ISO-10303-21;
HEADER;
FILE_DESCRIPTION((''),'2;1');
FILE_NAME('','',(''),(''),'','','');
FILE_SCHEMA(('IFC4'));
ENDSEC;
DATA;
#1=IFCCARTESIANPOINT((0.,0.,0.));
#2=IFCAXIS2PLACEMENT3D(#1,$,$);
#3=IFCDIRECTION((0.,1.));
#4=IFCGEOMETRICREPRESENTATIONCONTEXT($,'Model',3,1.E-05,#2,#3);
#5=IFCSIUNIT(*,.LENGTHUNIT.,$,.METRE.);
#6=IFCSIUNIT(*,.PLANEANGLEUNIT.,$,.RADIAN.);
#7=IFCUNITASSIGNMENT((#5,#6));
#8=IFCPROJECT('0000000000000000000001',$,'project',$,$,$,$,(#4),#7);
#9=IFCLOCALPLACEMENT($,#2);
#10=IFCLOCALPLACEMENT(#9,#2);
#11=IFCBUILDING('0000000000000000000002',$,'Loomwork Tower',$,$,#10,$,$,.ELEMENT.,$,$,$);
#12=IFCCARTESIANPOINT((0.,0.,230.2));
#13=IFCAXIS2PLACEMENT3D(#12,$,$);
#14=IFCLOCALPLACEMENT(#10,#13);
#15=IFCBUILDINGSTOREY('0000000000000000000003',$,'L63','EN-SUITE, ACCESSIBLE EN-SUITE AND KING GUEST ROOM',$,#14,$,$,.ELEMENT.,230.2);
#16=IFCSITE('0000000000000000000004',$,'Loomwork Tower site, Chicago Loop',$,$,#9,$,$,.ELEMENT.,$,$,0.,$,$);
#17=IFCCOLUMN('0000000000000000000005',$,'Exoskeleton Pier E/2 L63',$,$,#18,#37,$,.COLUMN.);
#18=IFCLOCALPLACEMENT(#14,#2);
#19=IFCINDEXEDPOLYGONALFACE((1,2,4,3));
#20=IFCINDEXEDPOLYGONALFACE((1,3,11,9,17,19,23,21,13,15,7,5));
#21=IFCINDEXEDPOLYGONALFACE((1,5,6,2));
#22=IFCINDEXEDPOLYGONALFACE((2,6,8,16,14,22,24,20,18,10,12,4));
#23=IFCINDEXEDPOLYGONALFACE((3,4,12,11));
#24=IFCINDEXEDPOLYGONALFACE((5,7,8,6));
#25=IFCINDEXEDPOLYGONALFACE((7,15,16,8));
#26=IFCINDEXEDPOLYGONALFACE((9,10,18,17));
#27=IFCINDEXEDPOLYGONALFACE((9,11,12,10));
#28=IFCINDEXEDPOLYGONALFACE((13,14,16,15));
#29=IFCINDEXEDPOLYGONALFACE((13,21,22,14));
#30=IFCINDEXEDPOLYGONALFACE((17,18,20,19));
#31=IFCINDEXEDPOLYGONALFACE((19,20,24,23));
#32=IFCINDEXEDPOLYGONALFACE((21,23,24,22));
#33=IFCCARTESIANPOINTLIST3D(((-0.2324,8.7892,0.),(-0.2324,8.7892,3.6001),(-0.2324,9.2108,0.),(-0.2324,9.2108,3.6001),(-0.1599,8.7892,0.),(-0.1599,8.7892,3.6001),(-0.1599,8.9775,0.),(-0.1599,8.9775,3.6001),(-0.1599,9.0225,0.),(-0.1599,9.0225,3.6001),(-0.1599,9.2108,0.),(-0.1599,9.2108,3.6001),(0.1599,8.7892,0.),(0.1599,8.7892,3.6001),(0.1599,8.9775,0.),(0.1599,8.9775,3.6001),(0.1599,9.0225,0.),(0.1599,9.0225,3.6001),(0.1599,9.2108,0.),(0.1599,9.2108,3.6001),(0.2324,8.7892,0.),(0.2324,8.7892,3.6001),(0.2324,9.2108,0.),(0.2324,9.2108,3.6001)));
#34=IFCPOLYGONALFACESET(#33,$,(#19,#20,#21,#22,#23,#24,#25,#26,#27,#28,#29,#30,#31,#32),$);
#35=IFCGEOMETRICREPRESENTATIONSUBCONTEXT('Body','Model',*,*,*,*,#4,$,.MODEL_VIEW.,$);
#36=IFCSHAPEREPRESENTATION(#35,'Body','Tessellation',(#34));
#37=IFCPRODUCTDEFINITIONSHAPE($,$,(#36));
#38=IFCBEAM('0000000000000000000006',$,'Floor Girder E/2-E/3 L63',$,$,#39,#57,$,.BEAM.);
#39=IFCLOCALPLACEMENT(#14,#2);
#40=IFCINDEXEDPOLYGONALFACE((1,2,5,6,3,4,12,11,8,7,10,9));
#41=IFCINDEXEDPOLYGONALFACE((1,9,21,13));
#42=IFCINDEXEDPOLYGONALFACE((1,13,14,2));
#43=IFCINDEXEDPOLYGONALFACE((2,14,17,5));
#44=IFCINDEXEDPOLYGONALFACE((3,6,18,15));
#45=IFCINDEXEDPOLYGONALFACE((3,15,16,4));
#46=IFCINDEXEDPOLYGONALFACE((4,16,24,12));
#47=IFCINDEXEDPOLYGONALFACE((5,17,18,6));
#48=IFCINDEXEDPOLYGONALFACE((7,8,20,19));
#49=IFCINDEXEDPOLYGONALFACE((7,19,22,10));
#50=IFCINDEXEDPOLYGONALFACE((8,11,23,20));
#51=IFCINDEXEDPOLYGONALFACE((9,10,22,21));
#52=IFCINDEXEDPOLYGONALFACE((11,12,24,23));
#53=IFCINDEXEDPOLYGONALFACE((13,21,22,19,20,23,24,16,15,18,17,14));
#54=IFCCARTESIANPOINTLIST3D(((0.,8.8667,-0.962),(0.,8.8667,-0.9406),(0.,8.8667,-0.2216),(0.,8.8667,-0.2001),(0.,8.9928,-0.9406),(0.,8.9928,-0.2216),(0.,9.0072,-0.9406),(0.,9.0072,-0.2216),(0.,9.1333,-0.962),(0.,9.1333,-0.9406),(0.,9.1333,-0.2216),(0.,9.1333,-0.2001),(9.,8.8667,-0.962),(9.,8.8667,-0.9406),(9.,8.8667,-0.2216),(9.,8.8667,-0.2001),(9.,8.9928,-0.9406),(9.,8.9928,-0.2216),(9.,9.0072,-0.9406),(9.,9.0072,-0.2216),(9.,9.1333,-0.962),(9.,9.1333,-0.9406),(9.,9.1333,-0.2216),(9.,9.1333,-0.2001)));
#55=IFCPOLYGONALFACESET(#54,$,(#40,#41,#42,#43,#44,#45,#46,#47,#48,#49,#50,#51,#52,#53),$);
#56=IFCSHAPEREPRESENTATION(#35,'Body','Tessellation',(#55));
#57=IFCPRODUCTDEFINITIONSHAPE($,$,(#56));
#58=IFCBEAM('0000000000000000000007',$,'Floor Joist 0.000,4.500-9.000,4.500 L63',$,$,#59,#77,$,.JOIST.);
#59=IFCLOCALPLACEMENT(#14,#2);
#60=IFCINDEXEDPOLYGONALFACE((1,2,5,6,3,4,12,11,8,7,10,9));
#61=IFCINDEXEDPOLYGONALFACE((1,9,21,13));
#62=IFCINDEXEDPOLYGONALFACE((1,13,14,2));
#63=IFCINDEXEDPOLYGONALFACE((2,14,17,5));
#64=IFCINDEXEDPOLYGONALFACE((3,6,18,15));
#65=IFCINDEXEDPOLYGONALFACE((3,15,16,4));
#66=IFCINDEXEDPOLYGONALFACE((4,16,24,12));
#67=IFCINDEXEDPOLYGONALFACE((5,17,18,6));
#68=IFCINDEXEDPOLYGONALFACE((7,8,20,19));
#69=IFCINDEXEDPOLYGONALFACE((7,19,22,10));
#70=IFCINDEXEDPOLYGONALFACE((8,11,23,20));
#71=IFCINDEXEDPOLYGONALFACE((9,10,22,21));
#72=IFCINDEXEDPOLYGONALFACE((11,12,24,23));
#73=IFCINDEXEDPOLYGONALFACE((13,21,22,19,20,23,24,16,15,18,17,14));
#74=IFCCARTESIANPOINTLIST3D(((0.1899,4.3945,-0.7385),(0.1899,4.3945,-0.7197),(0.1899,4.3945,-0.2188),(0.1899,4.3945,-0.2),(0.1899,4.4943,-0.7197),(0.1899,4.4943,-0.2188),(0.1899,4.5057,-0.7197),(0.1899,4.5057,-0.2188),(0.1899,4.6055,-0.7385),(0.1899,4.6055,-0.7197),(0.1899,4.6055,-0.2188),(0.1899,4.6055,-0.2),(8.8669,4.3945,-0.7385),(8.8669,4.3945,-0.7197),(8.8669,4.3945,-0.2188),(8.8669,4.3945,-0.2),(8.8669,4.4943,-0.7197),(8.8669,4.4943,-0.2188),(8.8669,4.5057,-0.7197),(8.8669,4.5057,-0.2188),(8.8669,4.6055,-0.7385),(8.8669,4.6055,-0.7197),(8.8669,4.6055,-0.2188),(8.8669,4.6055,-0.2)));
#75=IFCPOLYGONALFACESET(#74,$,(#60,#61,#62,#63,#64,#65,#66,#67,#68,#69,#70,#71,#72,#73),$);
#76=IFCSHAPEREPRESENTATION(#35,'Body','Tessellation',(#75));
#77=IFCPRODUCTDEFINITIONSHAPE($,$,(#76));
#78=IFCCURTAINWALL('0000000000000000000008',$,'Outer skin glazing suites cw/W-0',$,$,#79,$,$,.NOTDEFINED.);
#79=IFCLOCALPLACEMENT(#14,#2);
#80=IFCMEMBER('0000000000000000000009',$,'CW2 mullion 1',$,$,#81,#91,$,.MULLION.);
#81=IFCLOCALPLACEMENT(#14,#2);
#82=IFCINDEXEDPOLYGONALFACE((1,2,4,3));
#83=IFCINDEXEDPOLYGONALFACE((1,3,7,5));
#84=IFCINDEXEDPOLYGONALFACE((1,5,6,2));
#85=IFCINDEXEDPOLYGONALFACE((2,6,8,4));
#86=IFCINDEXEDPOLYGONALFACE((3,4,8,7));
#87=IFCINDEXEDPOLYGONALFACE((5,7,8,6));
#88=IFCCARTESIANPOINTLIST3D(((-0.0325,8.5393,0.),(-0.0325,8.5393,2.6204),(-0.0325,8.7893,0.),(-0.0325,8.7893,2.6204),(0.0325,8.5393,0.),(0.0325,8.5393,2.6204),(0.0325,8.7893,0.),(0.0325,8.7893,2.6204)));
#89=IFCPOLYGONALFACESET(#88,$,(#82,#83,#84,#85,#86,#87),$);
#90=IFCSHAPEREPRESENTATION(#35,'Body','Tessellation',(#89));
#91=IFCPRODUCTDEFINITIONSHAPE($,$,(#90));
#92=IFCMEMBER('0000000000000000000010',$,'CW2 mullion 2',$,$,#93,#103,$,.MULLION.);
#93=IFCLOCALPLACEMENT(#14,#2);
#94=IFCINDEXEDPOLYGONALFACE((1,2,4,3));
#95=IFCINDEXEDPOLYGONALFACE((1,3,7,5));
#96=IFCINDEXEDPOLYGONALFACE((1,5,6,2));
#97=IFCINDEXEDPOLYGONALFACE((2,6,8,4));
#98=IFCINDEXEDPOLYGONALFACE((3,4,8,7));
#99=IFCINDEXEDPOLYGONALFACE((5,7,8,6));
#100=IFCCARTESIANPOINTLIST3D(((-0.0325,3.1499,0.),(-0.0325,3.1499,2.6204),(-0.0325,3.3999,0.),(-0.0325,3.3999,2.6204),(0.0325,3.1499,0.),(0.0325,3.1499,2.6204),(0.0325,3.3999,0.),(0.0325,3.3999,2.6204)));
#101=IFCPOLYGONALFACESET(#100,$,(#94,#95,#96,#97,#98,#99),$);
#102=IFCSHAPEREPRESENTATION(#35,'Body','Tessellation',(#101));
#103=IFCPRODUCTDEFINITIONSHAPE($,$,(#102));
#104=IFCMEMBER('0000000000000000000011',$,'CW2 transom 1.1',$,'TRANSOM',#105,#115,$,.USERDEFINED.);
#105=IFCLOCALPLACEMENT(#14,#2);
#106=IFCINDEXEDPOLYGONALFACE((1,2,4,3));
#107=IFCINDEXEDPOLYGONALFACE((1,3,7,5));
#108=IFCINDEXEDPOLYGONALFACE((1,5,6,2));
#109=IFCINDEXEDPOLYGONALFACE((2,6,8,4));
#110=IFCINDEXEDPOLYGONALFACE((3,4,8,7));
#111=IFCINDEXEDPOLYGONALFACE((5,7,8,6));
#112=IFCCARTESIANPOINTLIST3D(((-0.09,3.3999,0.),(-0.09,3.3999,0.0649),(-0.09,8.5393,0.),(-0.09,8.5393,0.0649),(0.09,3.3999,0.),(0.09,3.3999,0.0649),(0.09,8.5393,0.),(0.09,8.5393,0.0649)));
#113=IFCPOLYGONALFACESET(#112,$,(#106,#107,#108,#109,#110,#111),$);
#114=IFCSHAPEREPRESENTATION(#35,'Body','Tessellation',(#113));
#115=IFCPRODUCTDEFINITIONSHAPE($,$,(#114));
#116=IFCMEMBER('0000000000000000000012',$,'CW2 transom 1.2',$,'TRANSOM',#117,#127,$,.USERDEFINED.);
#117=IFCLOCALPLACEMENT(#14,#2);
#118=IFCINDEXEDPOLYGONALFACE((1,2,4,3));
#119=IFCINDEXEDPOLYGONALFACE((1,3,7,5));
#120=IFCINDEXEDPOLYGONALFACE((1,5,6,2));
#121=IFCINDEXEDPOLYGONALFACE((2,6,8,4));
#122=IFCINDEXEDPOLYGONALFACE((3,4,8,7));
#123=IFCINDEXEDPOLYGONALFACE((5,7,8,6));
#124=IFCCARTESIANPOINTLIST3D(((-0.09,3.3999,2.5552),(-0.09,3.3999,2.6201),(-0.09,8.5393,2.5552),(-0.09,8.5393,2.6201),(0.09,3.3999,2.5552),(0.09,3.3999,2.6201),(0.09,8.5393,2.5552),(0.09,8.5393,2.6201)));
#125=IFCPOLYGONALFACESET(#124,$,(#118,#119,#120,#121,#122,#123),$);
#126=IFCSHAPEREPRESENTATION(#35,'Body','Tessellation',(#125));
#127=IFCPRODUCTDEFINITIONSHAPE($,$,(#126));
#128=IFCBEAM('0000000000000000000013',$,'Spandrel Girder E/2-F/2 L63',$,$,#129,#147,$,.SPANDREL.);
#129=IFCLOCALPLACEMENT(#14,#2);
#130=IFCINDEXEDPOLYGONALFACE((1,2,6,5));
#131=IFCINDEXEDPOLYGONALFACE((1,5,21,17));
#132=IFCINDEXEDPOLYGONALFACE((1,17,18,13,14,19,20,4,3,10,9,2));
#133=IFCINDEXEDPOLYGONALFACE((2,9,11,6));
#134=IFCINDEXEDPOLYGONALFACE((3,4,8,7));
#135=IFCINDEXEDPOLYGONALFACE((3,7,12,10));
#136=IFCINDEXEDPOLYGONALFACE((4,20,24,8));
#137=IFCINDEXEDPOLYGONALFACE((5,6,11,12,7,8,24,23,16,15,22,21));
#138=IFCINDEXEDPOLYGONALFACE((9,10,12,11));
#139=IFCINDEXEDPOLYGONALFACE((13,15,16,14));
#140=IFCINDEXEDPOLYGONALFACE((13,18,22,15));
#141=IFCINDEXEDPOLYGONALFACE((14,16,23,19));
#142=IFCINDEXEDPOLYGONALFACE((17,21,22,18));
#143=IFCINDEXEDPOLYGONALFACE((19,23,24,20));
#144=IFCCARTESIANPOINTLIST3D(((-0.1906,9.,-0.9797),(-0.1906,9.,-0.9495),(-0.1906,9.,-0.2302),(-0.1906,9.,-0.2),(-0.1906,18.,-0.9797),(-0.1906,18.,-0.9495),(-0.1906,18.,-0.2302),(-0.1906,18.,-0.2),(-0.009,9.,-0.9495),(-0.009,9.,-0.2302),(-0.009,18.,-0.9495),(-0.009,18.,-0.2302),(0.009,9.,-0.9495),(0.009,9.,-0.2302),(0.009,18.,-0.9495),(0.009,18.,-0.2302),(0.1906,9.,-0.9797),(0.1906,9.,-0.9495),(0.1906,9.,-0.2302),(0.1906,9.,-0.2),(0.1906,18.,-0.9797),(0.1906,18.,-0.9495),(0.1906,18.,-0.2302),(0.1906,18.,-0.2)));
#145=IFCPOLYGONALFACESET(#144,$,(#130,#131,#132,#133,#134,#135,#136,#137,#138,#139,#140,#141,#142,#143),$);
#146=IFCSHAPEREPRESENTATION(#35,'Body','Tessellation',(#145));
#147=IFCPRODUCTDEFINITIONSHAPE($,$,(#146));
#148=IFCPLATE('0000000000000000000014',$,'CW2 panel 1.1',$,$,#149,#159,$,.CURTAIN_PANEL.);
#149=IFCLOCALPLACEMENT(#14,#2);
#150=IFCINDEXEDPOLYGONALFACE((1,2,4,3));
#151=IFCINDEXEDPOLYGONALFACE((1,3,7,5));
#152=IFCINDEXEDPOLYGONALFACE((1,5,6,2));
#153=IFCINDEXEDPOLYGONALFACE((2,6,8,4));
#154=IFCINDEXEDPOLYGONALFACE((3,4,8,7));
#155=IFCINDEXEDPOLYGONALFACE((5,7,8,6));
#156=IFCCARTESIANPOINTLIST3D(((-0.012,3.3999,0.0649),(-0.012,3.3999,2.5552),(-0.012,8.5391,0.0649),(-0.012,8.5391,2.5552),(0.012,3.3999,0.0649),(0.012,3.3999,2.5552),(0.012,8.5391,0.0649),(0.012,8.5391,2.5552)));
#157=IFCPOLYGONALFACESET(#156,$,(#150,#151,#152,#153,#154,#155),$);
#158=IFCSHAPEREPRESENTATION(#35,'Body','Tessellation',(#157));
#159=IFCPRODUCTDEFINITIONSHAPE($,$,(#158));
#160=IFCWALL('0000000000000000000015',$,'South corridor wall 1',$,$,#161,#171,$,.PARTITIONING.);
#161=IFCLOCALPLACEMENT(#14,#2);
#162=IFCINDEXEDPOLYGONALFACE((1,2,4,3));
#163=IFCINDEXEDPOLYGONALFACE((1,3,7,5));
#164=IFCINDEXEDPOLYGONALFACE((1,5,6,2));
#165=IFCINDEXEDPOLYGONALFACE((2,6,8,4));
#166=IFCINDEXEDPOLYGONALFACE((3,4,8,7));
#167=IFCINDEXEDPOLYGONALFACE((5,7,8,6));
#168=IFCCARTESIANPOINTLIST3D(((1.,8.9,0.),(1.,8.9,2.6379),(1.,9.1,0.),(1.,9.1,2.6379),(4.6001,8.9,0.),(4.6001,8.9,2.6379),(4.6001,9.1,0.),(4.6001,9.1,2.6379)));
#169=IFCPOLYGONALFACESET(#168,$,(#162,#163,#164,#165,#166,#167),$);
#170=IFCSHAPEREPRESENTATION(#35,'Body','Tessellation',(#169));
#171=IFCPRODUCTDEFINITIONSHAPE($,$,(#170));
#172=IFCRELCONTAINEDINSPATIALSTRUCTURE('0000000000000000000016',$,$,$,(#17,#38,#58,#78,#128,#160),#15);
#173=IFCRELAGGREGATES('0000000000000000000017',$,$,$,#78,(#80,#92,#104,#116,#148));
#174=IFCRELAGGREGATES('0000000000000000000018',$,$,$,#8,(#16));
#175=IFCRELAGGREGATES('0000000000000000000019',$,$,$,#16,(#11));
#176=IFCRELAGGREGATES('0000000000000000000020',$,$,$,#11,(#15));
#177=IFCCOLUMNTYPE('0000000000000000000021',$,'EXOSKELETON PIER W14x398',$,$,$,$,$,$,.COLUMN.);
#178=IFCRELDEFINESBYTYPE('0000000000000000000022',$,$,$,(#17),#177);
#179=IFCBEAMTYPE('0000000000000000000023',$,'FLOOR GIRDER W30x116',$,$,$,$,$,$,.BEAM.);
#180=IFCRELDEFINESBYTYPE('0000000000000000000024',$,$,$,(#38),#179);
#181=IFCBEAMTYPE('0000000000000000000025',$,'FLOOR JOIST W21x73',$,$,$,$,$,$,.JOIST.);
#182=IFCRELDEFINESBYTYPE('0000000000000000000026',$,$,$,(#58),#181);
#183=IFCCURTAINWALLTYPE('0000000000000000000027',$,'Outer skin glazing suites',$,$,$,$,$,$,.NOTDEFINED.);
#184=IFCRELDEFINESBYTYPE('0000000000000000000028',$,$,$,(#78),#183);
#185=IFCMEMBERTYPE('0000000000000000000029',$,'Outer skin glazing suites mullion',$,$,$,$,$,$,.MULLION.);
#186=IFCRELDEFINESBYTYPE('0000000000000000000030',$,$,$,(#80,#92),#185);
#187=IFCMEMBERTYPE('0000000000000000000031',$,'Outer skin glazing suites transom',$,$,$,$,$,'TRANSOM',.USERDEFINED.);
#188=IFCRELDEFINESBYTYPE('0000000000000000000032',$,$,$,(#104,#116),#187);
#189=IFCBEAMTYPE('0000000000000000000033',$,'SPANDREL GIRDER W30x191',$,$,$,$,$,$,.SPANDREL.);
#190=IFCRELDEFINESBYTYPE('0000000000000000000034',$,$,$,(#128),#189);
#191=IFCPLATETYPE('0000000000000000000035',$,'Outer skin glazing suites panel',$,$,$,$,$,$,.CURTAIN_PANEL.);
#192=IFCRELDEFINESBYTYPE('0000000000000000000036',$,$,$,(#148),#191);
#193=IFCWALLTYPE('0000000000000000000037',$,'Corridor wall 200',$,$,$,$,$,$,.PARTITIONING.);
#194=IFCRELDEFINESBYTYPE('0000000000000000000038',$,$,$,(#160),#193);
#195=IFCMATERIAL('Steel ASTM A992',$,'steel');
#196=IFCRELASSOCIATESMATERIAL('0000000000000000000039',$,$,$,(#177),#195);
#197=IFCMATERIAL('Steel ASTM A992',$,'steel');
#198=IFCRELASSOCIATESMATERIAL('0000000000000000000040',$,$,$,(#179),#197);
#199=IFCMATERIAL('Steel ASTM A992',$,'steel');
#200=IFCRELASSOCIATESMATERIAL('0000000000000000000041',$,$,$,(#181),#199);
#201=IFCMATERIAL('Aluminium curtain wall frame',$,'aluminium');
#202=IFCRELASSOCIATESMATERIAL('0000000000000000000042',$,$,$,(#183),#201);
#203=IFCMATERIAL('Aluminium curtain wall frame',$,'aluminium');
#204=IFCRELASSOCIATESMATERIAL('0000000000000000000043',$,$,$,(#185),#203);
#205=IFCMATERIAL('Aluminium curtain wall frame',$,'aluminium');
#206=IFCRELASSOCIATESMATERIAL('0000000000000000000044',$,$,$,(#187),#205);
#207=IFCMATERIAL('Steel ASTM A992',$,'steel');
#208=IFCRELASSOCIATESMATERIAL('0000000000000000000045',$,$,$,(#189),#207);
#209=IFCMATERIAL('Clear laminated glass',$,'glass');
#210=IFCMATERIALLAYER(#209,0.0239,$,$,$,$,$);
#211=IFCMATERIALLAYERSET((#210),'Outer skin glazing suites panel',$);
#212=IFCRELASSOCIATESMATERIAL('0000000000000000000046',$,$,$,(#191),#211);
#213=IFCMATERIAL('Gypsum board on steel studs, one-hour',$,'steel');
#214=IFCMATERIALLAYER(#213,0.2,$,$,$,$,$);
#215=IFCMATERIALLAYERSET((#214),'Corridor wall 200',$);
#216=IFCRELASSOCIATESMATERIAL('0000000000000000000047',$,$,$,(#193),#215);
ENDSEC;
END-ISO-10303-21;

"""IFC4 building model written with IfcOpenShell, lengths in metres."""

from ifc_helpers import new_model, si_unit, direction, frame, frame_2d, origin, origin_2d, place, context, subcontext, project, spatial, rectangle, i_section, extrude, material, layer, layer_set, material_profile, profile_set, type_object, element, aggregate, save


model = new_model("IFC4")

# Units and contexts
model_context = context("Model", 3, precision=1e-05, world=origin(), true_north=direction((0.0, 1.0)))
body_context = subcontext(model_context, "Body", "Model", "MODEL_VIEW")
ifc_project = project(units=[si_unit("LENGTHUNIT", "METRE"), si_unit("PLANEANGLEUNIT", "RADIAN")], contexts=[model_context])

# Site, building, storey
site_placement = place(None, origin())
site = spatial("IfcSite", under=ifc_project, at=site_placement, Name="Loomwork Tower site, Chicago Loop", CompositionType="ELEMENT", RefElevation=0.0)
building_placement = place(site_placement, origin())
building = spatial("IfcBuilding", under=site, at=building_placement, Name="Loomwork Tower", CompositionType="ELEMENT")
storey_placement = place(building_placement, frame((0.0, 0.0, 230.2)))
storey = spatial("IfcBuildingStorey", under=building, at=storey_placement, Name="L63", Description="EN-SUITE, ACCESSIBLE EN-SUITE AND KING GUEST ROOM", CompositionType="ELEMENT", Elevation=230.2)

# Column
ifc_material_1 = material(Name="Steel ASTM A992", Category="steel")
ifc_material_profile_1 = material_profile(ifc_material_1, i_section(OverallWidth=0.4216, OverallDepth=0.4648, WebThickness=0.0449, FlangeThickness=0.0725, at=origin_2d()), Name="W14x398")
ifc_profile_set_1 = profile_set([ifc_material_profile_1], Name="Steel ASTM A992")
column_type = type_object("IfcColumnType", Name="EXOSKELETON PIER W14x398", PredefinedType="COLUMN", material=ifc_profile_set_1)
column_placement = place(storey_placement, frame((0.0, 9.0, 0.0), z_axis=(0.0, 0.0, 1.0), x_axis=(0.0, 1.0, 0.0)))
element("IfcColumn", 1, at=column_placement, inside=storey, type_object=column_type, Name="Exoskeleton Pier E/2 L63", PredefinedType="COLUMN", context=body_context, shape_type="SweptSolid", body=[
    extrude(i_section(OverallWidth=0.4216, OverallDepth=0.4648, WebThickness=0.0449, FlangeThickness=0.0725, at=origin_2d()), origin(), (0.0, 0.0, 1.0), 3.6001),
])

# Beams
ifc_material_2 = material(Name="Steel ASTM A992", Category="steel")
ifc_material_profile_2 = material_profile(ifc_material_2, i_section(OverallWidth=0.2666, OverallDepth=0.762, WebThickness=0.0144, FlangeThickness=0.0215, at=origin_2d()), Name="W30x116")
ifc_profile_set_2 = profile_set([ifc_material_profile_2], Name="Steel ASTM A992")
beam_type_1 = type_object("IfcBeamType", Name="FLOOR GIRDER W30x116", PredefinedType="BEAM", material=ifc_profile_set_2)
beam_1_placement = place(storey_placement, frame((0.0, 9.0, -0.5811), z_axis=(1.0, 0.0, 0.0), x_axis=(0.0, 1.0, 0.0)))
element("IfcBeam", 2, at=beam_1_placement, inside=storey, type_object=beam_type_1, Name="Floor Girder E/2-E/3 L63", PredefinedType="BEAM", context=body_context, shape_type="SweptSolid", body=[
    extrude(i_section(OverallWidth=0.2666, OverallDepth=0.762, WebThickness=0.0144, FlangeThickness=0.0215, at=origin_2d()), origin(), (0.0, 0.0, 1.0), 9.0),
])
ifc_material_3 = material(Name="Steel ASTM A992", Category="steel")
ifc_material_profile_3 = material_profile(ifc_material_3, i_section(OverallWidth=0.2109, OverallDepth=0.5386, WebThickness=0.0115, FlangeThickness=0.0188, at=origin_2d()), Name="W21x73")
ifc_profile_set_3 = profile_set([ifc_material_profile_3], Name="Steel ASTM A992")
beam_type_2 = type_object("IfcBeamType", Name="FLOOR JOIST W21x73", PredefinedType="JOIST", material=ifc_profile_set_3)
beam_2_placement = place(storey_placement, frame((0.1899, 4.5, -0.4692), z_axis=(1.0, 0.0, 0.0), x_axis=(0.0, 1.0, 0.0)))
element("IfcBeam", 3, at=beam_2_placement, inside=storey, type_object=beam_type_2, Name="Floor Joist 0.000,4.500-9.000,4.500 L63", PredefinedType="JOIST", context=body_context, shape_type="SweptSolid", body=[
    extrude(i_section(OverallWidth=0.2109, OverallDepth=0.5386, WebThickness=0.0115, FlangeThickness=0.0188, at=origin_2d()), origin(), (0.0, 0.0, 1.0), 8.677),
])

# Curtain wall, members
ifc_material_4 = material(Name="Aluminium curtain wall frame", Category="aluminium")
curtain_wall_type = type_object("IfcCurtainWallType", Name="Outer skin glazing suites", PredefinedType="NOTDEFINED", material=ifc_material_4)
curtain_wall_placement = place(storey_placement, origin())
curtain_wall = element("IfcCurtainWall", 4, at=curtain_wall_placement, inside=storey, type_object=curtain_wall_type, Name="Outer skin glazing suites cw/W-0", PredefinedType="NOTDEFINED")
ifc_material_5 = material(Name="Aluminium curtain wall frame", Category="aluminium")
ifc_material_profile_4 = material_profile(ifc_material_5, rectangle(XDim=0.0649, YDim=0.25, at=origin_2d()), Name="AL 65x250")
ifc_profile_set_4 = profile_set([ifc_material_profile_4], Name="Aluminium curtain wall frame")
member_type_1 = type_object("IfcMemberType", Name="Outer skin glazing suites mullion", PredefinedType="MULLION", material=ifc_profile_set_4)
member_1_placement = place(storey_placement, frame((0.0, 8.6643, 0.0), z_axis=(0.0, 0.0, 1.0), x_axis=(1.0, 0.0, 0.0)))
member_1 = element("IfcMember", 5, at=member_1_placement, type_object=member_type_1, Name="CW2 mullion 1", PredefinedType="MULLION", context=body_context, shape_type="SweptSolid", body=[
    extrude(rectangle(XDim=0.0649, YDim=0.25, at=origin_2d()), origin(), (0.0, 0.0, 1.0), 2.6204),
])
member_2_placement = place(storey_placement, frame((0.0, 3.2749, 0.0), z_axis=(0.0, 0.0, 1.0), x_axis=(1.0, 0.0, 0.0)))
member_2 = element("IfcMember", 6, at=member_2_placement, type_object=member_type_1, Name="CW2 mullion 2", PredefinedType="MULLION", context=body_context, shape_type="SweptSolid", body=[
    extrude(rectangle(XDim=0.0649, YDim=0.25, at=origin_2d()), origin(), (0.0, 0.0, 1.0), 2.6204),
])
ifc_material_6 = material(Name="Aluminium curtain wall frame", Category="aluminium")
ifc_material_profile_5 = material_profile(ifc_material_6, rectangle(XDim=0.1799, YDim=0.0649, at=origin_2d()), Name="AL 65x180")
ifc_profile_set_5 = profile_set([ifc_material_profile_5], Name="Aluminium curtain wall frame")
member_type_2 = type_object("IfcMemberType", Name="Outer skin glazing suites transom", ElementType="TRANSOM", PredefinedType="USERDEFINED", material=ifc_profile_set_5)
member_3_placement = place(storey_placement, frame((0.0, 8.5393, 0.0325), z_axis=(0.0, -1.0, 0.0), x_axis=(1.0, 0.0, 0.0)))
member_3 = element("IfcMember", 7, at=member_3_placement, type_object=member_type_2, Name="CW2 transom 1.1", ObjectType="TRANSOM", PredefinedType="USERDEFINED", context=body_context, shape_type="SweptSolid", body=[
    extrude(rectangle(XDim=0.1799, YDim=0.0649, at=origin_2d()), origin(), (0.0, 0.0, 1.0), 5.1394),
])
member_4_placement = place(storey_placement, frame((0.0, 8.5393, 2.5876), z_axis=(0.0, -1.0, 0.0), x_axis=(1.0, 0.0, 0.0)))
member_4 = element("IfcMember", 8, at=member_4_placement, type_object=member_type_2, Name="CW2 transom 1.2", ObjectType="TRANSOM", PredefinedType="USERDEFINED", context=body_context, shape_type="SweptSolid", body=[
    extrude(rectangle(XDim=0.1799, YDim=0.0649, at=origin_2d()), origin(), (0.0, 0.0, 1.0), 5.1394),
])

# Beam
ifc_material_7 = material(Name="Steel ASTM A992", Category="steel")
ifc_material_profile_6 = material_profile(ifc_material_7, i_section(OverallWidth=0.3811, OverallDepth=0.7798, WebThickness=0.0181, FlangeThickness=0.0303, at=origin_2d()), Name="W30x191")
ifc_profile_set_6 = profile_set([ifc_material_profile_6], Name="Steel ASTM A992")
beam_type_3 = type_object("IfcBeamType", Name="SPANDREL GIRDER W30x191", PredefinedType="SPANDREL", material=ifc_profile_set_6)
beam_3_placement = place(storey_placement, frame((0.0, 9.0, -0.5898), z_axis=(0.0, 1.0, 0.0), x_axis=(-1.0, 0.0, 0.0)))
element("IfcBeam", 9, at=beam_3_placement, inside=storey, type_object=beam_type_3, Name="Spandrel Girder E/2-F/2 L63", PredefinedType="SPANDREL", context=body_context, shape_type="SweptSolid", body=[
    extrude(i_section(OverallWidth=0.3811, OverallDepth=0.7798, WebThickness=0.0181, FlangeThickness=0.0303, at=origin_2d()), origin(), (0.0, 0.0, 1.0), 9.0),
])

# Plate
ifc_material_8 = material(Name="Clear laminated glass", Category="glass")
ifc_layer_1 = layer(ifc_material_8, 0.0239)
ifc_layer_set_1 = layer_set([ifc_layer_1], Name="Outer skin glazing suites panel")
plate_type = type_object("IfcPlateType", Name="Outer skin glazing suites panel", PredefinedType="CURTAIN_PANEL", material=ifc_layer_set_1)
plate_placement = place(storey_placement, frame((0.0, 5.9695, 0.0649), z_axis=(0.0, 0.0, 1.0), x_axis=(0.0, -1.0, 0.0)))
plate = element("IfcPlate", 10, at=plate_placement, type_object=plate_type, Name="CW2 panel 1.1", PredefinedType="CURTAIN_PANEL", context=body_context, shape_type="SweptSolid", body=[
    extrude(rectangle(XDim=5.1392, YDim=0.0239, at=origin_2d()), origin(), (0.0, 0.0, 1.0), 2.4902),
])
aggregate(curtain_wall, [member_1, member_2, member_3, member_4, plate])

# Wall
ifc_material_9 = material(Name="Gypsum board on steel studs, one-hour", Category="steel")
ifc_layer_2 = layer(ifc_material_9, 0.2)
ifc_layer_set_2 = layer_set([ifc_layer_2], Name="Corridor wall 200")
wall_type_1 = type_object("IfcWallType", Name="Corridor wall 200", PredefinedType="PARTITIONING", material=ifc_layer_set_2)
wall_1_placement = place(storey_placement, frame((1.0, 9.0, 0.0), z_axis=(0.0, 0.0, 1.0), x_axis=(1.0, 0.0, 0.0)))
element("IfcWall", 11, at=wall_1_placement, inside=storey, type_object=wall_type_1, Name="South corridor wall 1", PredefinedType="PARTITIONING", context=body_context, shape_type="SweptSolid", body=[
    extrude(rectangle(XDim=3.6001, YDim=0.2, at=frame_2d((1.8, 0.0))), origin(), (0.0, 0.0, 1.0), 2.6379),
])

save(model, "model.ifc")
